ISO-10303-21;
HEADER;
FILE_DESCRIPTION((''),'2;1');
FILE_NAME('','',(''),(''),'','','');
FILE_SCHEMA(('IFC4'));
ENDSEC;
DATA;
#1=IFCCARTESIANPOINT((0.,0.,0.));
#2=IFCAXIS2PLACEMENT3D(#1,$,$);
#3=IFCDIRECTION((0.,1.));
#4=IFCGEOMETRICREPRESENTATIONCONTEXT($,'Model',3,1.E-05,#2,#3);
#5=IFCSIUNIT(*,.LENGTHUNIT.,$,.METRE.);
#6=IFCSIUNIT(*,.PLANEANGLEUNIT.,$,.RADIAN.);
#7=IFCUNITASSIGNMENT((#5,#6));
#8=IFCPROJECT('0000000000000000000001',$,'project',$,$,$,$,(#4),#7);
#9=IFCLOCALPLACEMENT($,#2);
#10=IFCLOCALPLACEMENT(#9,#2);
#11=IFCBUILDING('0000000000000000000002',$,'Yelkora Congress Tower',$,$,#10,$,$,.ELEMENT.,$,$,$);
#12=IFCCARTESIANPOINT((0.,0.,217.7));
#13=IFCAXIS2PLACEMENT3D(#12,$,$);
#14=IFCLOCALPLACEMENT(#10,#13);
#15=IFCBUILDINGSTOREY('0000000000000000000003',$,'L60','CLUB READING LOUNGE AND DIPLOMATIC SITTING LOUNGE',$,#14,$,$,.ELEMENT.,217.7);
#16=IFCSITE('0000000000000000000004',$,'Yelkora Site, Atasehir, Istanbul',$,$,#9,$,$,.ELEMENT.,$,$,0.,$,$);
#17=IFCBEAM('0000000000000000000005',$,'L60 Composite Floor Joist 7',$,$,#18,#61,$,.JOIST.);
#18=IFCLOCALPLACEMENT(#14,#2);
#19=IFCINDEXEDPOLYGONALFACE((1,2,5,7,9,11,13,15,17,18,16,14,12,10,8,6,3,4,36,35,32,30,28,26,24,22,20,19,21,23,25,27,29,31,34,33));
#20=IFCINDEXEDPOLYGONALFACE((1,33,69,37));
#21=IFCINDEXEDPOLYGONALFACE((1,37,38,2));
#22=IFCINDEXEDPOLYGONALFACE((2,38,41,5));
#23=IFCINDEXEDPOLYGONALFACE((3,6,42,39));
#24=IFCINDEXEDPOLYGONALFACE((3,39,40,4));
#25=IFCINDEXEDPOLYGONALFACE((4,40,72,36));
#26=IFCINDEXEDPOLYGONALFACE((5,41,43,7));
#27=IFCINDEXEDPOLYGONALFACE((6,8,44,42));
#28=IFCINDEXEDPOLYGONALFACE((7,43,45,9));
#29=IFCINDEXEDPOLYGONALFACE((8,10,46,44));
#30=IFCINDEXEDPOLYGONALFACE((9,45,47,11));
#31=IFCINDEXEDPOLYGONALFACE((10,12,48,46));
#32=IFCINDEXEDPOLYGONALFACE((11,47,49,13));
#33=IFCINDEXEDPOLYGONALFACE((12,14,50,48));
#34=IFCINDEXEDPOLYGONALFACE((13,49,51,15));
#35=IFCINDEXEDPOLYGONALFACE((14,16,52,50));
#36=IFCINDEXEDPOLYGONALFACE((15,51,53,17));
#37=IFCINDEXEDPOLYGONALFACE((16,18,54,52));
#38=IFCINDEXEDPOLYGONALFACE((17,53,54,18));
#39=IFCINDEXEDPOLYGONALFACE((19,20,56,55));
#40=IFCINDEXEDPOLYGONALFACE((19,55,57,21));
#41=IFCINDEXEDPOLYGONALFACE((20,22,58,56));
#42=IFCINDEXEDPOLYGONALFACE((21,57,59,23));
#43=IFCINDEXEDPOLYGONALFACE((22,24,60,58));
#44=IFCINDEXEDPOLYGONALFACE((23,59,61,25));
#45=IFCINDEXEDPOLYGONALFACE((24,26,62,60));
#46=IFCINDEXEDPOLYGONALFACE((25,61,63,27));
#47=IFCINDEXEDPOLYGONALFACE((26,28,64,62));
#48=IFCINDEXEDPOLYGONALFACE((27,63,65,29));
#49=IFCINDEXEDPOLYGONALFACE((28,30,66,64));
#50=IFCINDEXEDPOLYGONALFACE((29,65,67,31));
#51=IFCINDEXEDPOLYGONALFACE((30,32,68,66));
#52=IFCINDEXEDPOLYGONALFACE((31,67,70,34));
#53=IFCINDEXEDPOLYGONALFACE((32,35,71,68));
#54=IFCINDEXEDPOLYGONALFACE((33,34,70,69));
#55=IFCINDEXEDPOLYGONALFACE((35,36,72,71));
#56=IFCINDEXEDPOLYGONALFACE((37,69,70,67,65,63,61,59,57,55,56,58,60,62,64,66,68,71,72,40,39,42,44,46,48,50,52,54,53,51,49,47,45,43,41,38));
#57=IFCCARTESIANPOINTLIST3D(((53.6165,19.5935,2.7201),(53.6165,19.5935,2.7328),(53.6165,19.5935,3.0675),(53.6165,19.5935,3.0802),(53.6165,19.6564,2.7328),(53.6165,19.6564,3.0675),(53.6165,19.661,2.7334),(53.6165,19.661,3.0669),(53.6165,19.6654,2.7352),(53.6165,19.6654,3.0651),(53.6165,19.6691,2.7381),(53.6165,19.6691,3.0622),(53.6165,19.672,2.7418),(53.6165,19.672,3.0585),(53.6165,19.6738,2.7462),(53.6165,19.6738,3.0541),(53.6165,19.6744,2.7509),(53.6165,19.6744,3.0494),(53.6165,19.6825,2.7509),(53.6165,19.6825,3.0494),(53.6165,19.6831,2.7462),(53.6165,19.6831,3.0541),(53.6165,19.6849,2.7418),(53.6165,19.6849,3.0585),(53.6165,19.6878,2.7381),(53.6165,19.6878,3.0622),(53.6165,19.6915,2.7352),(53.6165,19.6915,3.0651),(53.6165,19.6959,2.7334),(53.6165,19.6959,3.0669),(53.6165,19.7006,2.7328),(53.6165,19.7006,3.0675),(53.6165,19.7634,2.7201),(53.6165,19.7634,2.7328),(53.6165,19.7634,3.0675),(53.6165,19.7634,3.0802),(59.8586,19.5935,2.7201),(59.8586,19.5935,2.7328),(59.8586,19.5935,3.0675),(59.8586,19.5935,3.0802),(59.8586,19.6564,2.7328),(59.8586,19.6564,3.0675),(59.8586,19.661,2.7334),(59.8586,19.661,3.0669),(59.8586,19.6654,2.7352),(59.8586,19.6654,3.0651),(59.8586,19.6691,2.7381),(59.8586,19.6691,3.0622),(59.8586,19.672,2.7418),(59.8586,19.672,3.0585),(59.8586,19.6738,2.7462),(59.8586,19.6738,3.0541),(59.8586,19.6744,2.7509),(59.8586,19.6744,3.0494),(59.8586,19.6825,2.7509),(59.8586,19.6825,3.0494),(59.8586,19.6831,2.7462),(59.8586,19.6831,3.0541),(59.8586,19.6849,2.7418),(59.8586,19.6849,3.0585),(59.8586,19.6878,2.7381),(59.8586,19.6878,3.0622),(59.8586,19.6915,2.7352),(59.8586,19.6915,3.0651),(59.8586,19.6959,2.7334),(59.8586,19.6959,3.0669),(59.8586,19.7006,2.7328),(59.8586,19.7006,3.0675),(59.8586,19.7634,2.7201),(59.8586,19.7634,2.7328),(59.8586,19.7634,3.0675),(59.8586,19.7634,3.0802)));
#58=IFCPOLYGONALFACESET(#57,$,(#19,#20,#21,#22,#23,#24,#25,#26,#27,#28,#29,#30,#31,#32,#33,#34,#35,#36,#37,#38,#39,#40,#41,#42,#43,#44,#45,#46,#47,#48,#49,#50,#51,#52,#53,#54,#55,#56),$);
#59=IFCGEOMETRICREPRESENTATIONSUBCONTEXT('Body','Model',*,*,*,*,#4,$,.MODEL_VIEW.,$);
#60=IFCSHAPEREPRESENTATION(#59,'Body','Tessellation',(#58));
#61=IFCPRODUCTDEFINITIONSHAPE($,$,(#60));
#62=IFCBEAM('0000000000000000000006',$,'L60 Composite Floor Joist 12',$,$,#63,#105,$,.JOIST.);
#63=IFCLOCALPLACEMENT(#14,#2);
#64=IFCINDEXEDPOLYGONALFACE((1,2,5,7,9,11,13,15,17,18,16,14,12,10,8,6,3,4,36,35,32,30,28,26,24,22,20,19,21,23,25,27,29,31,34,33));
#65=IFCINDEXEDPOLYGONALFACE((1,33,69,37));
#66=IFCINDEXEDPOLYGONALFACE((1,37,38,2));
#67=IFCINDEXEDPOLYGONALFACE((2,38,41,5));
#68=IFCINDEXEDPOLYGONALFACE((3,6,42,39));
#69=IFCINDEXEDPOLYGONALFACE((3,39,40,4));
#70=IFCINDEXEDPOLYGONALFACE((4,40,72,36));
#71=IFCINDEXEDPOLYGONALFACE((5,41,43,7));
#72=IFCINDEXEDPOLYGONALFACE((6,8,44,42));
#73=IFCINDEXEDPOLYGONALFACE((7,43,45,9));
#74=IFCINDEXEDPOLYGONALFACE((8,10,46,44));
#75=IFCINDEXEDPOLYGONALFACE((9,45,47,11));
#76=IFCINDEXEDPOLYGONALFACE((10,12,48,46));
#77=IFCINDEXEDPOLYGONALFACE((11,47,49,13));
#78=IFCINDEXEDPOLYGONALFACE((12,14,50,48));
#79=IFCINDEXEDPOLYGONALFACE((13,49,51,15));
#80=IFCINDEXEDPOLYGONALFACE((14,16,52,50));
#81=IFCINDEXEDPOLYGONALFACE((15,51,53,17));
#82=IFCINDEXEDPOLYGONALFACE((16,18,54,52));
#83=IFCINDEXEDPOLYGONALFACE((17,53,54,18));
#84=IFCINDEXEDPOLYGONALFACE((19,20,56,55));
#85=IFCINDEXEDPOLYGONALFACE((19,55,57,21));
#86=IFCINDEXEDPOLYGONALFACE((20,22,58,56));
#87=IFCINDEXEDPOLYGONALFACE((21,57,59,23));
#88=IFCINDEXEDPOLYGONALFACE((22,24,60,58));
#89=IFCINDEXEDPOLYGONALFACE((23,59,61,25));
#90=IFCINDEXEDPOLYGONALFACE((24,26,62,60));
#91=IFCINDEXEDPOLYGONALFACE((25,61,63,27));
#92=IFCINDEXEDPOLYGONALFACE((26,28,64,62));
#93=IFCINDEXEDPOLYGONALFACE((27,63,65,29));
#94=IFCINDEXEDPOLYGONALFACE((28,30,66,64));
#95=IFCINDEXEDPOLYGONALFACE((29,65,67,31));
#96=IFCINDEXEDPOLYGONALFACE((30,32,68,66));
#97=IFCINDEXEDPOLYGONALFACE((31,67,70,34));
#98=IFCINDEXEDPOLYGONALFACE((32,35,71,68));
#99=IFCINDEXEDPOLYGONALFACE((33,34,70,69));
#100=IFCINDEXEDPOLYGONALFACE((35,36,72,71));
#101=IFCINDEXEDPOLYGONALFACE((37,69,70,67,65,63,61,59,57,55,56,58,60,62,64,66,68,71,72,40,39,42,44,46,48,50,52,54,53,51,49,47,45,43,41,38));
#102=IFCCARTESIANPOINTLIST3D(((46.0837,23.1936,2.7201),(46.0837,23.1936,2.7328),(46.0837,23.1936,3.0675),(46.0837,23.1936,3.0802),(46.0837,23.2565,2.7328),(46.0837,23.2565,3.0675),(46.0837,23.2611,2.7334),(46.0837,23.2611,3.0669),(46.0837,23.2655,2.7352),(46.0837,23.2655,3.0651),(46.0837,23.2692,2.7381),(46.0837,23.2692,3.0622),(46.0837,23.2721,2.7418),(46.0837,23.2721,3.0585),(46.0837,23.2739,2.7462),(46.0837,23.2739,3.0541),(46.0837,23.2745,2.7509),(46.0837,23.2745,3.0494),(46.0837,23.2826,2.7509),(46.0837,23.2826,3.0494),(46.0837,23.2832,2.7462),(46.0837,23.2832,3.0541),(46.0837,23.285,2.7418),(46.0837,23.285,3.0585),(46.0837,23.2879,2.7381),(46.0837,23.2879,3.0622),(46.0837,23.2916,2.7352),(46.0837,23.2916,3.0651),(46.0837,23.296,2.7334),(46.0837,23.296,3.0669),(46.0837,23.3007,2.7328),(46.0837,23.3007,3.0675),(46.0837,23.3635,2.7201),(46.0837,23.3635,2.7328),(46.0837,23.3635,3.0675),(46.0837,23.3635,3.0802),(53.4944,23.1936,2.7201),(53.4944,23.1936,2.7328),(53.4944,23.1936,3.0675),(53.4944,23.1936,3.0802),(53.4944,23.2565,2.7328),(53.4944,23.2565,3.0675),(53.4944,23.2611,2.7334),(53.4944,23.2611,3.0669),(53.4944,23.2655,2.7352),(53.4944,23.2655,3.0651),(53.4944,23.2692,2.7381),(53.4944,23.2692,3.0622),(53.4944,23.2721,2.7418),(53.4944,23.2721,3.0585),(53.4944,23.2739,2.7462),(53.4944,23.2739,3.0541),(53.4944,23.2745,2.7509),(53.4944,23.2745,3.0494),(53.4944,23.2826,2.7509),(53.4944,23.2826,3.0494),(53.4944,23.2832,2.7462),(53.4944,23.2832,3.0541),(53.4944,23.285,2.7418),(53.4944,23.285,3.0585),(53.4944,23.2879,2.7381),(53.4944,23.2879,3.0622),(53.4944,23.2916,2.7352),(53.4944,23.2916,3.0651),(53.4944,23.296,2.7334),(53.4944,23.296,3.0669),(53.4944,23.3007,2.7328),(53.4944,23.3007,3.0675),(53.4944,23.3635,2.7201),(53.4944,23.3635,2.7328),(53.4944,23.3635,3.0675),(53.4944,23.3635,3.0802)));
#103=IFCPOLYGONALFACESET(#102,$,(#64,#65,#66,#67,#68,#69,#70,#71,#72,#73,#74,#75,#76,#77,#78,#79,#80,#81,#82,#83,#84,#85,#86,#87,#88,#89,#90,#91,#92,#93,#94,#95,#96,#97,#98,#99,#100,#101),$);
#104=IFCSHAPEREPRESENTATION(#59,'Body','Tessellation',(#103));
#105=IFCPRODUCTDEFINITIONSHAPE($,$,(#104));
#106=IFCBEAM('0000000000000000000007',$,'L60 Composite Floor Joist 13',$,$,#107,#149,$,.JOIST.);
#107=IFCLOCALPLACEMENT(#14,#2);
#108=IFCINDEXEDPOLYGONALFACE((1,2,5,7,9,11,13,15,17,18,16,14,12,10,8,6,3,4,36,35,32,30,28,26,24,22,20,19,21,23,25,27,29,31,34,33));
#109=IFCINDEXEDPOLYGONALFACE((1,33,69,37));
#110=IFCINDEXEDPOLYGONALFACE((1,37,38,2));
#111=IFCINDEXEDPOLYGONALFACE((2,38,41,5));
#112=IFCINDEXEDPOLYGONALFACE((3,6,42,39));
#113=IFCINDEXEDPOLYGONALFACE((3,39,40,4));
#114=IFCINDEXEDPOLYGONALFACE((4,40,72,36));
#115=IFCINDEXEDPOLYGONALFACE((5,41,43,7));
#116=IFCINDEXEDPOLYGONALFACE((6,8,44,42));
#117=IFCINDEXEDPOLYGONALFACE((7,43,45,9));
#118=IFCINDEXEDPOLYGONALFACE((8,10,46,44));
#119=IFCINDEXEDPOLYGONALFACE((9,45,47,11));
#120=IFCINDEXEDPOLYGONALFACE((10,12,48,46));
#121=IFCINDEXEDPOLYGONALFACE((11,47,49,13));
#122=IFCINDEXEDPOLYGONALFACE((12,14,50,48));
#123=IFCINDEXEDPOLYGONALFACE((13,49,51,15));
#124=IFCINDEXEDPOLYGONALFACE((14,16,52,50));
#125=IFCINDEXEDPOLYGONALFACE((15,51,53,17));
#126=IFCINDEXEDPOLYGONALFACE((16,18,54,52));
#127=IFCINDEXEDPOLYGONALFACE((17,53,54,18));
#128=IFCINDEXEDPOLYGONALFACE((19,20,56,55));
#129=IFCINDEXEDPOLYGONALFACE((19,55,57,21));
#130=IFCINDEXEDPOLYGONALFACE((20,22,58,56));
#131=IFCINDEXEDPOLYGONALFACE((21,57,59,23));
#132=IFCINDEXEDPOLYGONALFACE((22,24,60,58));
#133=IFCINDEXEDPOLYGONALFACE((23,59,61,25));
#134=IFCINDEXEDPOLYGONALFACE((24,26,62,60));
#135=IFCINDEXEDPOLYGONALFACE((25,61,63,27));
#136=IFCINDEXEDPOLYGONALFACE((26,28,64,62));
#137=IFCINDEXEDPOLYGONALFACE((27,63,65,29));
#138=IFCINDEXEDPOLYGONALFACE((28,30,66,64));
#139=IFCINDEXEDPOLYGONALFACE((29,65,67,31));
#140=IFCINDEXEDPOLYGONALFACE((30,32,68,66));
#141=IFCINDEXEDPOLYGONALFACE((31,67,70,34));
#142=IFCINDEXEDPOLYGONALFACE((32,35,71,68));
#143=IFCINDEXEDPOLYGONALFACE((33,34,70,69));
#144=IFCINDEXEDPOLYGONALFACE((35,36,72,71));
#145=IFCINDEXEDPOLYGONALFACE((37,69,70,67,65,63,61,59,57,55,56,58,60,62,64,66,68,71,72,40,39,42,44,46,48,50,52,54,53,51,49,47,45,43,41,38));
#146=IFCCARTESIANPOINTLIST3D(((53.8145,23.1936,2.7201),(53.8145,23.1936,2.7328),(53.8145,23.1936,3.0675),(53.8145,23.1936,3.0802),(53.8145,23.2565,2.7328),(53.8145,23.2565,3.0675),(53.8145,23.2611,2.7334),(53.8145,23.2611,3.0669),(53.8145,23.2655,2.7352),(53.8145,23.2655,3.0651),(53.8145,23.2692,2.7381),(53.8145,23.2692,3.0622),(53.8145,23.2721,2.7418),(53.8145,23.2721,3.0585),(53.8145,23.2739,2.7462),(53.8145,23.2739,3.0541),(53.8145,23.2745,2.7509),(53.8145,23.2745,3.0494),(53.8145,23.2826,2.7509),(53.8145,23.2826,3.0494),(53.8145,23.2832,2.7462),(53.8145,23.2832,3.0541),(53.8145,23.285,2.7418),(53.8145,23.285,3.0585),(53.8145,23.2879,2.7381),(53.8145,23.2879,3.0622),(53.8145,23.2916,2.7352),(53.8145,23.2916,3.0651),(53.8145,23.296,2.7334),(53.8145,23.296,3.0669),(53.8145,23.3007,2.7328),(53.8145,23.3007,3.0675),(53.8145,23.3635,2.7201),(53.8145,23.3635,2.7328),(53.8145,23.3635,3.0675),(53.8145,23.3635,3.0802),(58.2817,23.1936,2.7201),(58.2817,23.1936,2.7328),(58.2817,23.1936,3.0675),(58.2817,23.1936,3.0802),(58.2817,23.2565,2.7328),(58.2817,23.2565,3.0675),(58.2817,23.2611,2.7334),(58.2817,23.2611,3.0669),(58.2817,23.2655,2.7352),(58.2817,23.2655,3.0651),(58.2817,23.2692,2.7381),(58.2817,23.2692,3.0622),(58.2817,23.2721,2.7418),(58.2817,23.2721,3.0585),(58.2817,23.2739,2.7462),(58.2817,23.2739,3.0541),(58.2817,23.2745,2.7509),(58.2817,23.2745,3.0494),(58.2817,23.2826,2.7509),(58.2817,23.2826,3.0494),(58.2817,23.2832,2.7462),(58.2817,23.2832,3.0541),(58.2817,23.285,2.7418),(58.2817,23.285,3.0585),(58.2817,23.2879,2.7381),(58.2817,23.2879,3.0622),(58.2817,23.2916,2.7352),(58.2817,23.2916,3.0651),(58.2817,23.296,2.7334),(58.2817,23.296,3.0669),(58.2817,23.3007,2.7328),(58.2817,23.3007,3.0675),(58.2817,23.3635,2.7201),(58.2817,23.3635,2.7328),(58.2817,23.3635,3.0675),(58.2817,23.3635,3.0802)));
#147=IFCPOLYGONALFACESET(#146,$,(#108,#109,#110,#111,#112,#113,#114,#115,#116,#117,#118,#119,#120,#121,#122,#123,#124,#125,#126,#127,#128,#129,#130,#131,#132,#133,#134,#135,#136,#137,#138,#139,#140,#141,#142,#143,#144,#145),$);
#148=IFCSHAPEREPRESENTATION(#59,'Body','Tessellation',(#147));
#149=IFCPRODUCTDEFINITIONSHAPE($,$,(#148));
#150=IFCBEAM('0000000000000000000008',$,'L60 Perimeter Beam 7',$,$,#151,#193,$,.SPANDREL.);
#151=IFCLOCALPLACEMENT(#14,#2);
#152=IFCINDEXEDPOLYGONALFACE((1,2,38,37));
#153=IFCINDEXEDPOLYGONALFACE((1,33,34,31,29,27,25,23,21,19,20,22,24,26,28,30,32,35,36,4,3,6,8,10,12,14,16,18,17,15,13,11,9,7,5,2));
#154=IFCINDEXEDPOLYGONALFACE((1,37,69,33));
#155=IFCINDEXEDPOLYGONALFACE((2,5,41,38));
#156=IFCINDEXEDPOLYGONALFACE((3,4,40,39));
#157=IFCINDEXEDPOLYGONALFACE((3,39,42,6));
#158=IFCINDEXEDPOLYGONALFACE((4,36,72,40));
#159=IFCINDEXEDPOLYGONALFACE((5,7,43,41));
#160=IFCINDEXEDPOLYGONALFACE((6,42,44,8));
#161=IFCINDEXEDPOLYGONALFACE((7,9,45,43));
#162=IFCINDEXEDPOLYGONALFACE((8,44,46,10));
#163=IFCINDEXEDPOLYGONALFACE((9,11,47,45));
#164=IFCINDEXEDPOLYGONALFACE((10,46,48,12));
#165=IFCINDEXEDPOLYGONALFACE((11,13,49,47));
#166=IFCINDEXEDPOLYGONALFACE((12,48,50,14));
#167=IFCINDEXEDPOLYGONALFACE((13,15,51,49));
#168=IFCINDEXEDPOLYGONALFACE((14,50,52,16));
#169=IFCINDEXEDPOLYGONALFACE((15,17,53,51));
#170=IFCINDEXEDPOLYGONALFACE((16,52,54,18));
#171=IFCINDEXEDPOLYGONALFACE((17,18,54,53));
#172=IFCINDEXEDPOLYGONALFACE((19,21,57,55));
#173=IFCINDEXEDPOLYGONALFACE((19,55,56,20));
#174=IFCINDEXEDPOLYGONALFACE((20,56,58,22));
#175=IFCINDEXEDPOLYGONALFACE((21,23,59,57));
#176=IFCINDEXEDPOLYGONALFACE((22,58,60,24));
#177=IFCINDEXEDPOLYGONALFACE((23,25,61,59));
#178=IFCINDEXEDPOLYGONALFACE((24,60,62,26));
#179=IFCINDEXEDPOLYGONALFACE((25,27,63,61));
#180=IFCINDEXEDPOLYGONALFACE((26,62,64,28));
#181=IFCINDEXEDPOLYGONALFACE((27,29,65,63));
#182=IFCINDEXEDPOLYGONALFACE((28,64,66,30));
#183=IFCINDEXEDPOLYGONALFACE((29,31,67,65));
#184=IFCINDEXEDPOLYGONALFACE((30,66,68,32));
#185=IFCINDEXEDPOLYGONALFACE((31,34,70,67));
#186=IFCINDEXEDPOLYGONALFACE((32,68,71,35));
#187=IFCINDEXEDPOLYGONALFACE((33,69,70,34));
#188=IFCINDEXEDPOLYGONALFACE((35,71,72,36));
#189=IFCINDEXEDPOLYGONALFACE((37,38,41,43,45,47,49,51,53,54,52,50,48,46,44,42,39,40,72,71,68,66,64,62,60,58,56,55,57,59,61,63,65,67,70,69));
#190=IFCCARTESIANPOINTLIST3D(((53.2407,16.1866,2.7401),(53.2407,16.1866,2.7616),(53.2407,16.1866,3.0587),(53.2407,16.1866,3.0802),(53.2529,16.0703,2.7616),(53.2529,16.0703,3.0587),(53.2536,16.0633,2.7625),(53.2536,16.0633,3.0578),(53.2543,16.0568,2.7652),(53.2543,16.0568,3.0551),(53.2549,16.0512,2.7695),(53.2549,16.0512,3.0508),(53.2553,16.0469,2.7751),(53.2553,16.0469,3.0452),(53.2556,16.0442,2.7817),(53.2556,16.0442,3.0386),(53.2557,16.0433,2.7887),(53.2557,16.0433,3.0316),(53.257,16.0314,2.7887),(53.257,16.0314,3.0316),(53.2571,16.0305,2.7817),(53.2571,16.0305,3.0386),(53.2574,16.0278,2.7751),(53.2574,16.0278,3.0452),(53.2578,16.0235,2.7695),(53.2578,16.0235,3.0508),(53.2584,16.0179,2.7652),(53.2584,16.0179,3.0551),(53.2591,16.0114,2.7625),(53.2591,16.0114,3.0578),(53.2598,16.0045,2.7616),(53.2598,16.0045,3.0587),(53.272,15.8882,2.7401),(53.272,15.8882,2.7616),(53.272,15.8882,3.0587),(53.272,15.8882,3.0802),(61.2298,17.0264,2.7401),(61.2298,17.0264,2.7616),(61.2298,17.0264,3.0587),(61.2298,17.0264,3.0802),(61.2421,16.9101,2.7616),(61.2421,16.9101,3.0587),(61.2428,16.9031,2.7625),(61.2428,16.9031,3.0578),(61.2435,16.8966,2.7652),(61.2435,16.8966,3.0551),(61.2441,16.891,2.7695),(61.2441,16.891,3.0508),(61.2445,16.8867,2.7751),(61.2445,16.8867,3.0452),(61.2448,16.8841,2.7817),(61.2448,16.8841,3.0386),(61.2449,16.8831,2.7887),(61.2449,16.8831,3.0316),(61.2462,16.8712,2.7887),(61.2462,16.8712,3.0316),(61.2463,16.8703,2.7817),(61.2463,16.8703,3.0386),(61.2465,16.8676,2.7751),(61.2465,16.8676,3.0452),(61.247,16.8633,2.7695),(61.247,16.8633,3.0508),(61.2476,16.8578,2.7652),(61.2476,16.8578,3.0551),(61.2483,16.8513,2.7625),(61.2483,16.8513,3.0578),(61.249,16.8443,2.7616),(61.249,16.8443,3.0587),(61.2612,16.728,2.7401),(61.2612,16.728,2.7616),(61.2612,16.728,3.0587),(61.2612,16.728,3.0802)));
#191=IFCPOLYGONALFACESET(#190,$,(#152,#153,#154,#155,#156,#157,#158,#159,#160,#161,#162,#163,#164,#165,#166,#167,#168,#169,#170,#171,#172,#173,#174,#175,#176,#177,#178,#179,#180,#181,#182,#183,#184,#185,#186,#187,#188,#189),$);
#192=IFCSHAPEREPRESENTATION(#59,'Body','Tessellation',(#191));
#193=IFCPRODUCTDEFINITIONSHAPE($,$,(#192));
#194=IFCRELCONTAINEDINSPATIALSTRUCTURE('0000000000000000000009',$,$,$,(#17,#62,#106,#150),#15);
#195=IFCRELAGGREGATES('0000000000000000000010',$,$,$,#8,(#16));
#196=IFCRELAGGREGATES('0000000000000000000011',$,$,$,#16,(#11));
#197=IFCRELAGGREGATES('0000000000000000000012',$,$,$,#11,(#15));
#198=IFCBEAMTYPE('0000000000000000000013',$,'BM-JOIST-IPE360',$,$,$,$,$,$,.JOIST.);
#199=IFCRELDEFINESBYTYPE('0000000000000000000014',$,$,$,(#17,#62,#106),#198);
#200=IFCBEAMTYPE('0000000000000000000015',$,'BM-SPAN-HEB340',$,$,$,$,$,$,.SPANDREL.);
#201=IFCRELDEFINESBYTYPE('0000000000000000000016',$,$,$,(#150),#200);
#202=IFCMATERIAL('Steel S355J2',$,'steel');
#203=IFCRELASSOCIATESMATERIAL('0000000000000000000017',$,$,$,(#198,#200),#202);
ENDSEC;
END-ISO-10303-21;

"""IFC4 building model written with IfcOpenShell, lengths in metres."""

from ifc_helpers import new_model, si_unit, direction, frame, origin, origin_2d, place, context, subcontext, project, spatial, i_section, extrude, material, material_profile, profile_set, type_object, element, save


model = new_model("IFC4")

# Units and contexts
model_context = context("Model", 3, precision=1e-05, world=origin(), true_north=direction((0.0, 1.0)))
body_context = subcontext(model_context, "Body", "Model", "MODEL_VIEW")
ifc_project = project(units=[si_unit("LENGTHUNIT", "METRE"), si_unit("PLANEANGLEUNIT", "RADIAN")], contexts=[model_context])

# Site, building, storey
site_placement = place(None, origin())
site = spatial("IfcSite", under=ifc_project, at=site_placement, Name="Yelkora Site, Atasehir, Istanbul", CompositionType="ELEMENT", RefElevation=0.0)
building_placement = place(site_placement, origin())
building = spatial("IfcBuilding", under=site, at=building_placement, Name="Yelkora Congress Tower", CompositionType="ELEMENT")
storey_placement = place(building_placement, frame((0.0, 0.0, 217.7)))
storey = spatial("IfcBuildingStorey", under=building, at=storey_placement, Name="L60", Description="CLUB READING LOUNGE AND DIPLOMATIC SITTING LOUNGE", CompositionType="ELEMENT", Elevation=217.7)

# Shared definitions
ifc_material_1 = material(Name="Steel S355J2", Category="steel")

# Beams
ifc_material_profile_1 = material_profile(ifc_material_1, i_section(OverallWidth=0.1699, OverallDepth=0.3601, WebThickness=0.0081, FlangeThickness=0.0127, FilletRadius=0.0181, at=origin_2d()), Name="IPE 360")
ifc_profile_set_1 = profile_set([ifc_material_profile_1], Name="Steel S355J2")
beam_type_1 = type_object("IfcBeamType", Name="BM-JOIST-IPE360", PredefinedType="JOIST", material=ifc_profile_set_1)
beam_1_placement = place(storey_placement, frame((53.6165, 19.6785, 2.9001), z_axis=(1.0, 0.0, 0.0), x_axis=(0.0, 1.0, 0.0)))
element("IfcBeam", 1, at=beam_1_placement, inside=storey, type_object=beam_type_1, Name="L60 Composite Floor Joist 7", PredefinedType="JOIST", context=body_context, shape_type="SweptSolid", body=[
    extrude(i_section(OverallWidth=0.1699, OverallDepth=0.3601, WebThickness=0.0081, FlangeThickness=0.0127, FilletRadius=0.0181, at=origin_2d()), origin(), (0.0, 0.0, 1.0), 6.2422),
])
beam_2_placement = place(storey_placement, frame((46.0837, 23.2786, 2.9001), z_axis=(1.0, 0.0, 0.0), x_axis=(0.0, 1.0, 0.0)))
element("IfcBeam", 2, at=beam_2_placement, inside=storey, type_object=beam_type_1, Name="L60 Composite Floor Joist 12", PredefinedType="JOIST", context=body_context, shape_type="SweptSolid", body=[
    extrude(i_section(OverallWidth=0.1699, OverallDepth=0.3601, WebThickness=0.0081, FlangeThickness=0.0127, FilletRadius=0.0181, at=origin_2d()), origin(), (0.0, 0.0, 1.0), 7.4106),
])
beam_3_placement = place(storey_placement, frame((53.8145, 23.2786, 2.9001), z_axis=(1.0, 0.0, 0.0), x_axis=(0.0, 1.0, 0.0)))
element("IfcBeam", 3, at=beam_3_placement, inside=storey, type_object=beam_type_1, Name="L60 Composite Floor Joist 13", PredefinedType="JOIST", context=body_context, shape_type="SweptSolid", body=[
    extrude(i_section(OverallWidth=0.1699, OverallDepth=0.3601, WebThickness=0.0081, FlangeThickness=0.0127, FilletRadius=0.0181, at=origin_2d()), origin(), (0.0, 0.0, 1.0), 4.4673),
])
ifc_material_profile_2 = material_profile(ifc_material_1, i_section(OverallWidth=0.3, OverallDepth=0.3401, WebThickness=0.012, FlangeThickness=0.0215, FilletRadius=0.0271, at=origin_2d()), Name="HEB 340")
ifc_profile_set_2 = profile_set([ifc_material_profile_2], Name="Steel S355J2")
beam_type_2 = type_object("IfcBeamType", Name="BM-SPAN-HEB340", PredefinedType="SPANDREL", material=ifc_profile_set_2)
beam_4_placement = place(storey_placement, frame((53.2563, 16.0374, 2.9102), z_axis=(0.99452, 0.104546, 0.0), x_axis=(-0.104546, 0.99452, 0.0)))
element("IfcBeam", 4, at=beam_4_placement, inside=storey, type_object=beam_type_2, Name="L60 Perimeter Beam 7", PredefinedType="SPANDREL", context=body_context, shape_type="SweptSolid", body=[
    extrude(i_section(OverallWidth=0.3, OverallDepth=0.3401, WebThickness=0.012, FlangeThickness=0.0215, FilletRadius=0.0271, at=origin_2d()), origin(), (0.0, 0.0, 1.0), 8.0332),
])

save(model, "model.ifc")
